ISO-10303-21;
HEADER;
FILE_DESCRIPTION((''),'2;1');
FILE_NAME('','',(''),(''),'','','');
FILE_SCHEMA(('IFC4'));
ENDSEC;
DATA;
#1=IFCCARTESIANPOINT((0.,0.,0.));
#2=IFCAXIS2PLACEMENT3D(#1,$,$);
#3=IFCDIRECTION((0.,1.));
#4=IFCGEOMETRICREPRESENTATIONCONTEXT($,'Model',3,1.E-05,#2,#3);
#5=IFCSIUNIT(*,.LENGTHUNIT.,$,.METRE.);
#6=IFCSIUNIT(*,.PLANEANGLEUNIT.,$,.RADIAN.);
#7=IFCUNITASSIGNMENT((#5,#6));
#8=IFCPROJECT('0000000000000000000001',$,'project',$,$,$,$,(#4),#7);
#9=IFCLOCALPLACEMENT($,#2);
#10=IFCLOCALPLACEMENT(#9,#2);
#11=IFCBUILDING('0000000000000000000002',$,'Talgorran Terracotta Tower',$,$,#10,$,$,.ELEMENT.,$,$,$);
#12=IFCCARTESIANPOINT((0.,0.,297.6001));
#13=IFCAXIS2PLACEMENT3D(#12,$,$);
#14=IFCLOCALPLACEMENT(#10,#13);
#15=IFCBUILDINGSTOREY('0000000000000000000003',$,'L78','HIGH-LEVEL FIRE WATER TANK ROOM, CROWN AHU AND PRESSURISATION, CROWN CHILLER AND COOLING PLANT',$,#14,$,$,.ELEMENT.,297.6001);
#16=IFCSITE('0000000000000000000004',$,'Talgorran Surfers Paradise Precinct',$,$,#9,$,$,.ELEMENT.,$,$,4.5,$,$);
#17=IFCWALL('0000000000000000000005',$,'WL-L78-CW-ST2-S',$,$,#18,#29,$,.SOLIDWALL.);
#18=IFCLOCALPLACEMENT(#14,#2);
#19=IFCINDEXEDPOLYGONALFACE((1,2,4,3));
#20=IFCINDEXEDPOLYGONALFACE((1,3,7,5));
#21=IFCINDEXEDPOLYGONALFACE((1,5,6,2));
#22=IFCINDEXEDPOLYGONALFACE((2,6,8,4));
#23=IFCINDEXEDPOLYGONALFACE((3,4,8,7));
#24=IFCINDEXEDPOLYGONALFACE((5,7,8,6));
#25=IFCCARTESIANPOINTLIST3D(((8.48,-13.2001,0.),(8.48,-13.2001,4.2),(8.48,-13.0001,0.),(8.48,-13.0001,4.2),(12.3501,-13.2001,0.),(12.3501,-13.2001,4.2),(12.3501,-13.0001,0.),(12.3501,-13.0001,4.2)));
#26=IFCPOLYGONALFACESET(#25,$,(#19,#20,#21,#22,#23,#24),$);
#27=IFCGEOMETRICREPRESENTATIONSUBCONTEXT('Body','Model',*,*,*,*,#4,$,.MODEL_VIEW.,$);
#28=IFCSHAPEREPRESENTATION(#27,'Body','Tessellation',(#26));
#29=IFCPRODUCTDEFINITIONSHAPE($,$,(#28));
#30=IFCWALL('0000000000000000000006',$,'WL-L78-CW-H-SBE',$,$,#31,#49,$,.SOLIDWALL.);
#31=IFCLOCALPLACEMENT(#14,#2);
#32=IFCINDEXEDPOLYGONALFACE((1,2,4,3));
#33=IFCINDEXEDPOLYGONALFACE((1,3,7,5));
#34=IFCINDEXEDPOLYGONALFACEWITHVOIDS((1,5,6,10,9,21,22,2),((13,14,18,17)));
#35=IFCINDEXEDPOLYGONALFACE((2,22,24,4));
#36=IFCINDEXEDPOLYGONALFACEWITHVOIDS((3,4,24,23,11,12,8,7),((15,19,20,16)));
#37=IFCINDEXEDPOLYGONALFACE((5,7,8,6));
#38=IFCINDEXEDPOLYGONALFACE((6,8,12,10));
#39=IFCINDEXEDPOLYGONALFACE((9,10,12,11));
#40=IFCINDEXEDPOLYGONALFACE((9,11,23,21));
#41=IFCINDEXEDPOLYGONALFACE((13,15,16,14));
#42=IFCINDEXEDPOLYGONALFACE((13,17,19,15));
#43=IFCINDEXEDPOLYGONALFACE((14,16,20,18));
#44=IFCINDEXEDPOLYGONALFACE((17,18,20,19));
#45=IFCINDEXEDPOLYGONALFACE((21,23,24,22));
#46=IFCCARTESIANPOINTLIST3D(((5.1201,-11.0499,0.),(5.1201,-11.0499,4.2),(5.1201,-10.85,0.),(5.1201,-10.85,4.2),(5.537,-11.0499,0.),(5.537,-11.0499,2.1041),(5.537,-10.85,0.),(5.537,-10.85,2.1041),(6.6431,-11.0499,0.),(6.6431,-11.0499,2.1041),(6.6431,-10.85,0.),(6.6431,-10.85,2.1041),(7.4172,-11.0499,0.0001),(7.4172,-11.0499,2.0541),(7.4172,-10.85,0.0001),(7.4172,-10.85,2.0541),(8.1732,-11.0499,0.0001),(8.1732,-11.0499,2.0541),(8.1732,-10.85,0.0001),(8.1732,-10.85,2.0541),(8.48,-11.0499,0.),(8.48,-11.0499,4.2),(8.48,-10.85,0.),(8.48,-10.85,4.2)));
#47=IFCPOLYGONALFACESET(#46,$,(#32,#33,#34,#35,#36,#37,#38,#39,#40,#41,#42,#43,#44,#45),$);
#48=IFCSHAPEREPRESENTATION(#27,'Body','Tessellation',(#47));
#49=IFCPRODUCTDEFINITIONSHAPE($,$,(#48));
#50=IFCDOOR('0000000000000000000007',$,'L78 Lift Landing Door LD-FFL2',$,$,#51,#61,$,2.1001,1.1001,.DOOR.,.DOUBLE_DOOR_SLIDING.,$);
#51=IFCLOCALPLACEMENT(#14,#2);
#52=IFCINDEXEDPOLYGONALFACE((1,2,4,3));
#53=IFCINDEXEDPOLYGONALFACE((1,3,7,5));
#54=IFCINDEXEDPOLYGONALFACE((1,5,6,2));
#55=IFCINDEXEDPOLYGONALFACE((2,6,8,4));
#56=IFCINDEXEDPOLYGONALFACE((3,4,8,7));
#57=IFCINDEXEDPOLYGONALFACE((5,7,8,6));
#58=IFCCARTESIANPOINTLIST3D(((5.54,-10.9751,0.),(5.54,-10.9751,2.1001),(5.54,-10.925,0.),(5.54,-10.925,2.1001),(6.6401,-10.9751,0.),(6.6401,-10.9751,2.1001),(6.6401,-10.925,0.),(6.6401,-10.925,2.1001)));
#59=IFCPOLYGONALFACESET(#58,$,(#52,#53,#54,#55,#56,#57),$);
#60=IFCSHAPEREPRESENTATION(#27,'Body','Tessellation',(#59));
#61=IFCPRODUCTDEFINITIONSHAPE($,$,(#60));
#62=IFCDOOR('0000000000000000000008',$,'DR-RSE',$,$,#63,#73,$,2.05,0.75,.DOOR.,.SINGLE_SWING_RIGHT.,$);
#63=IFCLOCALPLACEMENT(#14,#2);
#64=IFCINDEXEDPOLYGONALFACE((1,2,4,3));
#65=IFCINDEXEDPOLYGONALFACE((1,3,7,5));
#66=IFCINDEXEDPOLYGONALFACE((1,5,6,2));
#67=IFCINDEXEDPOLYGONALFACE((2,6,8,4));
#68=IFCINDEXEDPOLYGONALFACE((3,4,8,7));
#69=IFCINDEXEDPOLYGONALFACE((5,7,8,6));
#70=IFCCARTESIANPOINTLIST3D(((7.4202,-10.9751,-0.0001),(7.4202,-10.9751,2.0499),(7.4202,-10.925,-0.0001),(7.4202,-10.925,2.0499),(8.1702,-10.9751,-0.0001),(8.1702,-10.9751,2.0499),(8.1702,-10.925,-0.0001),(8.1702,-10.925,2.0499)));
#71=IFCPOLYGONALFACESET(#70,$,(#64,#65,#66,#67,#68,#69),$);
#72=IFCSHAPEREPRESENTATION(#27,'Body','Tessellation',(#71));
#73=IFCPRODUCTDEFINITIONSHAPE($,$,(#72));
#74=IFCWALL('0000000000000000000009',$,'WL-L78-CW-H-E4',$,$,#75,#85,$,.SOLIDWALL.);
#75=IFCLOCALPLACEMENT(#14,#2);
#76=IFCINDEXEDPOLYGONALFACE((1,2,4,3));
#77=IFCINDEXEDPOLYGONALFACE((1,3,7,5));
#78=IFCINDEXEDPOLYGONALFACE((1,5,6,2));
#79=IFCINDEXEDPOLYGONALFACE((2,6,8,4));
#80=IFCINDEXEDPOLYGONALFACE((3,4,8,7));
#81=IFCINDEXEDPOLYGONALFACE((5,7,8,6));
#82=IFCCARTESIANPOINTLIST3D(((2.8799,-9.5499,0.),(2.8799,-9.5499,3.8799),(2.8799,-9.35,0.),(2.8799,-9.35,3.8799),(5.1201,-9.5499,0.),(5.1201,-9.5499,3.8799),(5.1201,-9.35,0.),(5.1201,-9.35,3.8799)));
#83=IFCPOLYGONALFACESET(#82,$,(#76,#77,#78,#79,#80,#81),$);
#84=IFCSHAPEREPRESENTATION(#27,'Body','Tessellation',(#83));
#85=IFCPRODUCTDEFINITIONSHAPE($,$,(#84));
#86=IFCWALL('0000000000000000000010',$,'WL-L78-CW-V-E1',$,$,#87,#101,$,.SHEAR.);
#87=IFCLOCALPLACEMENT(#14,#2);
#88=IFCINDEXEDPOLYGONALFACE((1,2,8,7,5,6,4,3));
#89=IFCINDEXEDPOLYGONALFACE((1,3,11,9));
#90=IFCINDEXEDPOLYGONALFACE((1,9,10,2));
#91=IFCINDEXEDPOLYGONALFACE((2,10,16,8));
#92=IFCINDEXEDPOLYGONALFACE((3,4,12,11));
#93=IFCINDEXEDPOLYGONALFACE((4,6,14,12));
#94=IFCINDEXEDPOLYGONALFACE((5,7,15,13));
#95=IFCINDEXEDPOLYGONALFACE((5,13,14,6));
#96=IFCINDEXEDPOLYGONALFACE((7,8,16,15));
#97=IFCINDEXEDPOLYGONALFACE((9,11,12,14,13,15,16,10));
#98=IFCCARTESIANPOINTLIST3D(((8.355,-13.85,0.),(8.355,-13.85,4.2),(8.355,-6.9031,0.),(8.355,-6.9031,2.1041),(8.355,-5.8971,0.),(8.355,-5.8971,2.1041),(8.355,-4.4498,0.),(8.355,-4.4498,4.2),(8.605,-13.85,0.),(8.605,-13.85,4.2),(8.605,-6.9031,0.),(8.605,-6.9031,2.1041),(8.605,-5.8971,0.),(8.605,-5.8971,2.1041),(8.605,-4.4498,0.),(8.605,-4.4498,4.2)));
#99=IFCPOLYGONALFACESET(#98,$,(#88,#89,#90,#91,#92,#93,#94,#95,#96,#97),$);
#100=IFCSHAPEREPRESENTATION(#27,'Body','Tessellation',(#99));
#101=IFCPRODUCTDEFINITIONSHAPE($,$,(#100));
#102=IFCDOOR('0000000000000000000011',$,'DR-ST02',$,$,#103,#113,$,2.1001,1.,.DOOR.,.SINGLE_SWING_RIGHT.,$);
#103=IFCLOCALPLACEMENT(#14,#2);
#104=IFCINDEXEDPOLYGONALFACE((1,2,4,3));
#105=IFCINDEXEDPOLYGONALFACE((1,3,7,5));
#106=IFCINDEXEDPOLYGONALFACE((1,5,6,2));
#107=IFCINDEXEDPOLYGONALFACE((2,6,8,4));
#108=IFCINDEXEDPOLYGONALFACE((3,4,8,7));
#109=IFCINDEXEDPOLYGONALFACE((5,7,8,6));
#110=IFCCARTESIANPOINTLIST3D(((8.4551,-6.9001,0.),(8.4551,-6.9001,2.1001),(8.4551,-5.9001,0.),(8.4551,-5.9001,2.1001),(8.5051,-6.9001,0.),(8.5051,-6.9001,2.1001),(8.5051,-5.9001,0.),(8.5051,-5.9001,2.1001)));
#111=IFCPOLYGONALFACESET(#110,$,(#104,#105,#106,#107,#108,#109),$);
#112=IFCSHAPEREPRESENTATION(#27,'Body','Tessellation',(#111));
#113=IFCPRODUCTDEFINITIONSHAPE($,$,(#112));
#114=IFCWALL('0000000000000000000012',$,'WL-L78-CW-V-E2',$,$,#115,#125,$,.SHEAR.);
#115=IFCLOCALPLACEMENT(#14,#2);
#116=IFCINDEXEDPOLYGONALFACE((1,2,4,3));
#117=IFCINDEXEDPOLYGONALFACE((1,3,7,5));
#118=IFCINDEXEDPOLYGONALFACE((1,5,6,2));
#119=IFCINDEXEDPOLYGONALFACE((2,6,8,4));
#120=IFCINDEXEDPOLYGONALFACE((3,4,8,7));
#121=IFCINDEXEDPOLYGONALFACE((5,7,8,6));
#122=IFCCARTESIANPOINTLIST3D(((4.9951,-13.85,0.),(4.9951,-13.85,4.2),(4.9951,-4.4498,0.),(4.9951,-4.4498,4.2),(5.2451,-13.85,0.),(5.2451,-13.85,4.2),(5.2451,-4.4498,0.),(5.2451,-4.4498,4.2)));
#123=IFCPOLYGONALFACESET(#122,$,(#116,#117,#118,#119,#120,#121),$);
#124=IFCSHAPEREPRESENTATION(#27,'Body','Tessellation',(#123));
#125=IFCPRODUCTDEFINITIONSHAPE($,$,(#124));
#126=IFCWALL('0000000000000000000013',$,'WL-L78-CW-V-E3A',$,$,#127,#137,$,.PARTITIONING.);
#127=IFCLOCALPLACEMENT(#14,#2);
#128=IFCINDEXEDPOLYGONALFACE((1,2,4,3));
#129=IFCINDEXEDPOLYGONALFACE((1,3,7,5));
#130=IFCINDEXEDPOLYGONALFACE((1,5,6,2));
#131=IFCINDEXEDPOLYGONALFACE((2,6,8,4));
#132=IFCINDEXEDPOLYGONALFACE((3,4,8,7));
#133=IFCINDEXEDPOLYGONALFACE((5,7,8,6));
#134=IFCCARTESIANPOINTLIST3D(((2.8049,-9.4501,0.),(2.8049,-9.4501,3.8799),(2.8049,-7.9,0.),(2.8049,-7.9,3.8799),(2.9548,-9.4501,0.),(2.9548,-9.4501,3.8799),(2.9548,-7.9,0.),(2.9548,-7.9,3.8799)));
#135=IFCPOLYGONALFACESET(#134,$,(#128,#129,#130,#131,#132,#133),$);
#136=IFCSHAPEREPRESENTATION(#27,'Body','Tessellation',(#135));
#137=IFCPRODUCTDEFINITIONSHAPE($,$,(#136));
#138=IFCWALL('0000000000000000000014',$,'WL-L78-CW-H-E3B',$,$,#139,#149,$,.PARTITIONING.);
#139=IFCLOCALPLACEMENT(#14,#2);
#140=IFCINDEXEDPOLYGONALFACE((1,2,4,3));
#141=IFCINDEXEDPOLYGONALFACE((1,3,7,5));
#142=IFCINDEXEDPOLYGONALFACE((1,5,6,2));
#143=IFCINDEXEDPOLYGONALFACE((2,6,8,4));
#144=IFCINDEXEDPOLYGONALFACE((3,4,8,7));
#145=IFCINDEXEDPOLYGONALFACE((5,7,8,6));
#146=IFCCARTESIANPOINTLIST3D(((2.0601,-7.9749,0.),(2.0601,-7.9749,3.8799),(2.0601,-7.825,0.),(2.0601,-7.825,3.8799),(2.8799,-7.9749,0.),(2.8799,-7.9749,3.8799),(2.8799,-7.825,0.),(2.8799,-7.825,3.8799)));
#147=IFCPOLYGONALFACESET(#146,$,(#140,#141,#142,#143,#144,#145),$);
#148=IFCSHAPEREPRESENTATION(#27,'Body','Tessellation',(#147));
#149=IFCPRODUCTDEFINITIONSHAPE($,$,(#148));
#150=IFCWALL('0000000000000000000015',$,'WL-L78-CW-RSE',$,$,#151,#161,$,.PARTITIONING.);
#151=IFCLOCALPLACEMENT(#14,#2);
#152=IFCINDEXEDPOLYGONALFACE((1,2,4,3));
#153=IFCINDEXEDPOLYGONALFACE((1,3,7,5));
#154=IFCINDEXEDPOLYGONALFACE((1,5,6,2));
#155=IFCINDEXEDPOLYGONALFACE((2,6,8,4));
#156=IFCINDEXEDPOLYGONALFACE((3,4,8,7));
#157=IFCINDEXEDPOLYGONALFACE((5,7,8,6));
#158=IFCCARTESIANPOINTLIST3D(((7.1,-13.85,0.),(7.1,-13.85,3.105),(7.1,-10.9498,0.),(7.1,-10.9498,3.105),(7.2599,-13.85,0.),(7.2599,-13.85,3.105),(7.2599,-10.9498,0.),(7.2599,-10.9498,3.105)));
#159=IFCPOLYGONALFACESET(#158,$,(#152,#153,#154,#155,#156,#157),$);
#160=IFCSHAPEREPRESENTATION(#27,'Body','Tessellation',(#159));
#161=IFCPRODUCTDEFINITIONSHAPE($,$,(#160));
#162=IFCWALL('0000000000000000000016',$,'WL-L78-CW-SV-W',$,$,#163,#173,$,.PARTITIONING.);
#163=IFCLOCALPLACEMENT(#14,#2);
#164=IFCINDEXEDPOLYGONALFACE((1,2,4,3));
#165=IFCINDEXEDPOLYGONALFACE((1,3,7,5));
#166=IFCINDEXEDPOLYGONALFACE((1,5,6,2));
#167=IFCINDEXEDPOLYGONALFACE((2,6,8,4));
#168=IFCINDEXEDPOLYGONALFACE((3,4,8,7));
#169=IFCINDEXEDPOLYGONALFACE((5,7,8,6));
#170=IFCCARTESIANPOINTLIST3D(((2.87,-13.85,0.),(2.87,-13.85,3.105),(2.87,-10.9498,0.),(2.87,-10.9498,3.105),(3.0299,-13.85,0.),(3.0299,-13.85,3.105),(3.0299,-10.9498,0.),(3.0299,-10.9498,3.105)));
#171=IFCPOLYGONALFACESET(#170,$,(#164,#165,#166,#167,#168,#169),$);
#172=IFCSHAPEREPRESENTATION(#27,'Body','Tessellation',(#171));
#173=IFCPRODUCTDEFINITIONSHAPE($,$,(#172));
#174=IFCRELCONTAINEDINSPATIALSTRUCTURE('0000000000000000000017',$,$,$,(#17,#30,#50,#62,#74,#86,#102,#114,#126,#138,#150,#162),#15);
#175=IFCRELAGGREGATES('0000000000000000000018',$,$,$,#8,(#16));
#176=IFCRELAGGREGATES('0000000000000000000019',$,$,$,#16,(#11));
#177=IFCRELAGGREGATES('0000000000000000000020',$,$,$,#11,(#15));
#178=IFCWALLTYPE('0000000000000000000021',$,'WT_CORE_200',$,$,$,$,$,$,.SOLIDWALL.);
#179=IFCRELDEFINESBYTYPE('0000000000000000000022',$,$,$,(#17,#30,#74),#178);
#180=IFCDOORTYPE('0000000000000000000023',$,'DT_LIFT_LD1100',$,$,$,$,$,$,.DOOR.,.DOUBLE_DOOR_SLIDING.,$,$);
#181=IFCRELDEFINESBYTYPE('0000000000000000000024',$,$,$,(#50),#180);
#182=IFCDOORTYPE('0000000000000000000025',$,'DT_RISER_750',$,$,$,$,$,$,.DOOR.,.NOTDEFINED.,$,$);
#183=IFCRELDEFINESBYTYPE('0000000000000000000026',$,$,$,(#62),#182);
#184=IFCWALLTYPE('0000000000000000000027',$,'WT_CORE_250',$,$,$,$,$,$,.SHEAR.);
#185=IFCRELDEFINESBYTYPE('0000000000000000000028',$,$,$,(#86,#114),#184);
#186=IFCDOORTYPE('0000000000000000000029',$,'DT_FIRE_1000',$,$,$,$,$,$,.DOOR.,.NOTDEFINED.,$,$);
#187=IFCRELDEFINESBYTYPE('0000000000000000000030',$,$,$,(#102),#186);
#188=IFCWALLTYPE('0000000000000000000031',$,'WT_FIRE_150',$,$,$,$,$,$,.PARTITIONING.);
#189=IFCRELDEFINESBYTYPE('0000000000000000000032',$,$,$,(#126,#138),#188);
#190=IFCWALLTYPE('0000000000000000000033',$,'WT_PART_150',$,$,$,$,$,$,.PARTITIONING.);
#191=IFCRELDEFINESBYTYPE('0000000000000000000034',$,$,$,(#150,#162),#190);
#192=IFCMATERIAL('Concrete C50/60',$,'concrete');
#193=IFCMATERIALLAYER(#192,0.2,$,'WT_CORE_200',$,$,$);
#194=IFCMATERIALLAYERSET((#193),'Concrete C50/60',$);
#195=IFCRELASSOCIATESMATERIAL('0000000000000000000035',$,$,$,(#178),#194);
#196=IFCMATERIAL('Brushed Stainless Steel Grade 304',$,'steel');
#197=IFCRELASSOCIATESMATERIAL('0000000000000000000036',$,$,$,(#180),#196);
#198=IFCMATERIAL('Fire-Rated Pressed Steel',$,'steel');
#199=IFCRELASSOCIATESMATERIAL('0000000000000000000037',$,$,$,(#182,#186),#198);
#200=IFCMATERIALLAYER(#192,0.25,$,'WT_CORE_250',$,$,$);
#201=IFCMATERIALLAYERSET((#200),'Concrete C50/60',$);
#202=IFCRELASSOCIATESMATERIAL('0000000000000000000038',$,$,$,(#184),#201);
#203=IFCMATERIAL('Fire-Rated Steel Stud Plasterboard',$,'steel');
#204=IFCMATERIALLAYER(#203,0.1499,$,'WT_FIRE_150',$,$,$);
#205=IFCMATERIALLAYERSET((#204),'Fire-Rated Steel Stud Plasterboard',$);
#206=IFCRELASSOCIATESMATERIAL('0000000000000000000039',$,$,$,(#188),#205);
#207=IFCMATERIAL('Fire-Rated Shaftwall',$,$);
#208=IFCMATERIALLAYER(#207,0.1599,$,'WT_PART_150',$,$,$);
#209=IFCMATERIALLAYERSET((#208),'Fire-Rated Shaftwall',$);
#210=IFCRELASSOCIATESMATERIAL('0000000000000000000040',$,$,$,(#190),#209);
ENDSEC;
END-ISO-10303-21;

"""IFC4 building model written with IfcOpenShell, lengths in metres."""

from ifc_helpers import new_model, si_unit, direction, frame, frame_2d, origin, place, context, subcontext, project, spatial, rectangle, extrude, material, layer, layer_set, type_object, element, fill, save


model = new_model("IFC4")

# Units and contexts
model_context = context("Model", 3, precision=1e-05, world=origin(), true_north=direction((0.0, 1.0)))
body_context = subcontext(model_context, "Body", "Model", "MODEL_VIEW")
ifc_project = project(units=[si_unit("LENGTHUNIT", "METRE"), si_unit("PLANEANGLEUNIT", "RADIAN")], contexts=[model_context])

# Site, building, storey
site_placement = place(None, origin())
site = spatial("IfcSite", under=ifc_project, at=site_placement, Name="Talgorran Surfers Paradise Precinct", CompositionType="ELEMENT", RefElevation=4.5)
building_placement = place(site_placement, origin())
building = spatial("IfcBuilding", under=site, at=building_placement, Name="Talgorran Terracotta Tower", CompositionType="ELEMENT")
storey_placement = place(building_placement, frame((0.0, 0.0, 297.6001)))
storey = spatial("IfcBuildingStorey", under=building, at=storey_placement, Name="L78", Description="HIGH-LEVEL FIRE WATER TANK ROOM, CROWN AHU AND PRESSURISATION, CROWN CHILLER AND COOLING PLANT", CompositionType="ELEMENT", Elevation=297.6001)

# Shared definitions
ifc_material_1 = material(Name="Concrete C50/60", Category="concrete")

# Wall
ifc_layer_1 = layer(ifc_material_1, 0.2, Name="WT_CORE_200")
ifc_layer_set_1 = layer_set([ifc_layer_1], Name="Concrete C50/60")
wall_type_1 = type_object("IfcWallType", Name="WT_CORE_200", PredefinedType="SOLIDWALL", material=ifc_layer_set_1)
wall_1_placement = place(storey_placement, frame((8.48, -13.1001, 0.0), z_axis=(0.0, 0.0, 1.0), x_axis=(1.0, 0.0, 0.0)))
element("IfcWall", 1, at=wall_1_placement, inside=storey, type_object=wall_type_1, Name="WL-L78-CW-ST2-S", PredefinedType="SOLIDWALL", context=body_context, shape_type="SweptSolid", body=[
    extrude(rectangle(XDim=3.8701, YDim=0.2, at=frame_2d((1.9351, 0.0))), origin(), (0.0, 0.0, 1.0), 4.2),
])

# Wall, openings, doors
wall_2_placement = place(storey_placement, frame((5.1201, -10.95, 0.0), z_axis=(0.0, 0.0, 1.0), x_axis=(1.0, 0.0, 0.0)))
wall_2 = element("IfcWall", 2, at=wall_2_placement, inside=storey, type_object=wall_type_1, Name="WL-L78-CW-H-SBE", PredefinedType="SOLIDWALL", context=body_context, shape_type="SweptSolid", body=[
    extrude(rectangle(XDim=3.3599, YDim=0.2, at=frame_2d((1.6799, 0.0))), origin(), (0.0, 0.0, 1.0), 4.2),
])
opening_1_placement = place(wall_2_placement, frame((0.4199, 0.0, 0.0)))
opening_1 = element("IfcOpeningElement", 3, at=opening_1_placement, cuts=wall_2, PredefinedType="OPENING", context=body_context, shape_type="SweptSolid", body=[
    extrude(rectangle(XDim=1.1061, YDim=2.1041, at=frame_2d((0.55, 1.052))), frame((0.0, 0.1099, 0.0), z_axis=(0.0, -1.0, 0.0), x_axis=(1.0, 0.0, 0.0)), (0.0, 0.0, 1.0), 0.22),
])
opening_2_placement = place(wall_2_placement, frame((2.3, 0.0, 0.0)))
opening_2 = element("IfcOpeningElement", 4, at=opening_2_placement, cuts=wall_2, PredefinedType="OPENING", context=body_context, shape_type="SweptSolid", body=[
    extrude(rectangle(XDim=0.756, YDim=2.054, at=frame_2d((0.375, 1.0271))), frame((0.0, 0.1099, 0.0), z_axis=(0.0, -1.0, 0.0), x_axis=(1.0, 0.0, 0.0)), (0.0, 0.0, 1.0), 0.22),
])
ifc_material_2 = material(Name="Brushed Stainless Steel Grade 304", Category="steel")
door_type_1 = type_object("IfcDoorType", Name="DT_LIFT_LD1100", OperationType="DOUBLE_DOOR_SLIDING", PredefinedType="DOOR", material=ifc_material_2)
door_1_placement = place(opening_1_placement, origin())
door_1 = element("IfcDoor", 5, at=door_1_placement, inside=storey, type_object=door_type_1, Name="L78 Lift Landing Door LD-FFL2", OperationType="DOUBLE_DOOR_SLIDING", OverallHeight=2.1001, OverallWidth=1.1001, PredefinedType="DOOR", context=body_context, shape_type="SweptSolid", body=[
    extrude(rectangle(XDim=1.1001, YDim=2.1001, at=frame_2d((0.55, 1.05))), frame((0.0, 0.0249, 0.0), z_axis=(0.0, -1.0, 0.0), x_axis=(1.0, 0.0, 0.0)), (0.0, 0.0, 1.0), 0.05),
])
fill(opening_1, door_1)
ifc_material_3 = material(Name="Fire-Rated Pressed Steel", Category="steel")
door_type_2 = type_object("IfcDoorType", Name="DT_RISER_750", OperationType="NOTDEFINED", PredefinedType="DOOR", material=ifc_material_3)
door_2_placement = place(opening_2_placement, origin())
door_2 = element("IfcDoor", 6, at=door_2_placement, inside=storey, type_object=door_type_2, Name="DR-RSE", OperationType="SINGLE_SWING_RIGHT", OverallHeight=2.05, OverallWidth=0.75, PredefinedType="DOOR", context=body_context, shape_type="SweptSolid", body=[
    extrude(rectangle(XDim=0.75, YDim=2.05, at=frame_2d((0.375, 1.0249))), frame((0.0, 0.0249, 0.0), z_axis=(0.0, -1.0, 0.0), x_axis=(1.0, 0.0, 0.0)), (0.0, 0.0, 1.0), 0.05),
])
fill(opening_2, door_2)

# Wall
wall_3_placement = place(storey_placement, frame((2.8799, -9.45, 0.0), z_axis=(0.0, 0.0, 1.0), x_axis=(1.0, 0.0, 0.0)))
element("IfcWall", 7, at=wall_3_placement, inside=storey, type_object=wall_type_1, Name="WL-L78-CW-H-E4", PredefinedType="SOLIDWALL", context=body_context, shape_type="SweptSolid", body=[
    extrude(rectangle(XDim=2.2402, YDim=0.2, at=frame_2d((1.1201, 0.0))), origin(), (0.0, 0.0, 1.0), 3.8799),
])

# Wall, opening, door
ifc_layer_2 = layer(ifc_material_1, 0.25, Name="WT_CORE_250")
ifc_layer_set_2 = layer_set([ifc_layer_2], Name="Concrete C50/60")
wall_type_2 = type_object("IfcWallType", Name="WT_CORE_250", PredefinedType="SHEAR", material=ifc_layer_set_2)
wall_4_placement = place(storey_placement, frame((8.48, -13.8501, 0.0), z_axis=(0.0, 0.0, 1.0), x_axis=(0.0, 1.0, 0.0)))
wall_4 = element("IfcWall", 8, at=wall_4_placement, inside=storey, type_object=wall_type_2, Name="WL-L78-CW-V-E1", PredefinedType="SHEAR", context=body_context, shape_type="SweptSolid", body=[
    extrude(rectangle(XDim=9.4001, YDim=0.25, at=frame_2d((4.7002, 0.0))), origin(), (0.0, 0.0, 1.0), 4.2),
])
opening_3_placement = place(wall_4_placement, frame((6.95, 0.0, 0.0)))
opening_3 = element("IfcOpeningElement", 9, at=opening_3_placement, cuts=wall_4, PredefinedType="OPENING", context=body_context, shape_type="SweptSolid", body=[
    extrude(rectangle(XDim=1.006, YDim=2.1041, at=frame_2d((0.5, 1.052))), frame((0.0, 0.135, 0.0), z_axis=(0.0, -1.0, 0.0), x_axis=(1.0, 0.0, 0.0)), (0.0, 0.0, 1.0), 0.27),
])
door_type_3 = type_object("IfcDoorType", Name="DT_FIRE_1000", OperationType="NOTDEFINED", PredefinedType="DOOR", material=ifc_material_3)
door_3_placement = place(opening_3_placement, origin())
door_3 = element("IfcDoor", 10, at=door_3_placement, inside=storey, type_object=door_type_3, Name="DR-ST02", OperationType="SINGLE_SWING_RIGHT", OverallHeight=2.1001, OverallWidth=1.0, PredefinedType="DOOR", context=body_context, shape_type="SweptSolid", body=[
    extrude(rectangle(XDim=1.0, YDim=2.1001, at=frame_2d((0.5, 1.05))), frame((0.0, 0.0249, 0.0), z_axis=(0.0, -1.0, 0.0), x_axis=(1.0, 0.0, 0.0)), (0.0, 0.0, 1.0), 0.05),
])
fill(opening_3, door_3)

# Walls
wall_5_placement = place(storey_placement, frame((5.1201, -13.8501, 0.0), z_axis=(0.0, 0.0, 1.0), x_axis=(0.0, 1.0, 0.0)))
element("IfcWall", 11, at=wall_5_placement, inside=storey, type_object=wall_type_2, Name="WL-L78-CW-V-E2", PredefinedType="SHEAR", context=body_context, shape_type="SweptSolid", body=[
    extrude(rectangle(XDim=9.4001, YDim=0.25, at=frame_2d((4.7002, 0.0))), origin(), (0.0, 0.0, 1.0), 4.2),
])
ifc_material_4 = material(Name="Fire-Rated Steel Stud Plasterboard", Category="steel")
ifc_layer_3 = layer(ifc_material_4, 0.1499, Name="WT_FIRE_150")
ifc_layer_set_3 = layer_set([ifc_layer_3], Name="Fire-Rated Steel Stud Plasterboard")
wall_type_3 = type_object("IfcWallType", Name="WT_FIRE_150", PredefinedType="PARTITIONING", material=ifc_layer_set_3)
wall_6_placement = place(storey_placement, frame((2.8799, -9.45, 0.0), z_axis=(0.0, 0.0, 1.0), x_axis=(0.0, 1.0, 0.0)))
element("IfcWall", 12, at=wall_6_placement, inside=storey, type_object=wall_type_3, Name="WL-L78-CW-V-E3A", PredefinedType="PARTITIONING", context=body_context, shape_type="SweptSolid", body=[
    extrude(rectangle(XDim=1.55, YDim=0.1499, at=frame_2d((0.7749, 0.0))), origin(), (0.0, 0.0, 1.0), 3.8799),
])
wall_7_placement = place(storey_placement, frame((2.0601, -7.8999, 0.0), z_axis=(0.0, 0.0, 1.0), x_axis=(1.0, 0.0, 0.0)))
element("IfcWall", 13, at=wall_7_placement, inside=storey, type_object=wall_type_3, Name="WL-L78-CW-H-E3B", PredefinedType="PARTITIONING", context=body_context, shape_type="SweptSolid", body=[
    extrude(rectangle(XDim=0.8198, YDim=0.1499, at=frame_2d((0.4099, 0.0))), origin(), (0.0, 0.0, 1.0), 3.8799),
])
ifc_material_5 = material(Name="Fire-Rated Shaftwall")
ifc_layer_4 = layer(ifc_material_5, 0.1599, Name="WT_PART_150")
ifc_layer_set_4 = layer_set([ifc_layer_4], Name="Fire-Rated Shaftwall")
wall_type_4 = type_object("IfcWallType", Name="WT_PART_150", PredefinedType="PARTITIONING", material=ifc_layer_set_4)
for number, where, z_axis, x_axis, name in (
    (14, (7.1799, -13.8501, 0.0), (0.0, 0.0, 1.0), (0.0, 1.0, 0.0), "WL-L78-CW-RSE"),
    (15, (2.95, -13.8501, 0.0), (0.0, 0.0, 1.0), (0.0, 1.0, 0.0), "WL-L78-CW-SV-W"),
):
    element("IfcWall", number, at=place(storey_placement, frame(where, z_axis=z_axis, x_axis=x_axis)), inside=storey, type_object=wall_type_4, Name=name, PredefinedType="PARTITIONING", context=body_context, shape_type="SweptSolid", body=[
        extrude(rectangle(XDim=2.9001, YDim=0.1599, at=frame_2d((1.4502, 0.0))), origin(), (0.0, 0.0, 1.0), 3.105),
    ])

save(model, "model.ifc")
